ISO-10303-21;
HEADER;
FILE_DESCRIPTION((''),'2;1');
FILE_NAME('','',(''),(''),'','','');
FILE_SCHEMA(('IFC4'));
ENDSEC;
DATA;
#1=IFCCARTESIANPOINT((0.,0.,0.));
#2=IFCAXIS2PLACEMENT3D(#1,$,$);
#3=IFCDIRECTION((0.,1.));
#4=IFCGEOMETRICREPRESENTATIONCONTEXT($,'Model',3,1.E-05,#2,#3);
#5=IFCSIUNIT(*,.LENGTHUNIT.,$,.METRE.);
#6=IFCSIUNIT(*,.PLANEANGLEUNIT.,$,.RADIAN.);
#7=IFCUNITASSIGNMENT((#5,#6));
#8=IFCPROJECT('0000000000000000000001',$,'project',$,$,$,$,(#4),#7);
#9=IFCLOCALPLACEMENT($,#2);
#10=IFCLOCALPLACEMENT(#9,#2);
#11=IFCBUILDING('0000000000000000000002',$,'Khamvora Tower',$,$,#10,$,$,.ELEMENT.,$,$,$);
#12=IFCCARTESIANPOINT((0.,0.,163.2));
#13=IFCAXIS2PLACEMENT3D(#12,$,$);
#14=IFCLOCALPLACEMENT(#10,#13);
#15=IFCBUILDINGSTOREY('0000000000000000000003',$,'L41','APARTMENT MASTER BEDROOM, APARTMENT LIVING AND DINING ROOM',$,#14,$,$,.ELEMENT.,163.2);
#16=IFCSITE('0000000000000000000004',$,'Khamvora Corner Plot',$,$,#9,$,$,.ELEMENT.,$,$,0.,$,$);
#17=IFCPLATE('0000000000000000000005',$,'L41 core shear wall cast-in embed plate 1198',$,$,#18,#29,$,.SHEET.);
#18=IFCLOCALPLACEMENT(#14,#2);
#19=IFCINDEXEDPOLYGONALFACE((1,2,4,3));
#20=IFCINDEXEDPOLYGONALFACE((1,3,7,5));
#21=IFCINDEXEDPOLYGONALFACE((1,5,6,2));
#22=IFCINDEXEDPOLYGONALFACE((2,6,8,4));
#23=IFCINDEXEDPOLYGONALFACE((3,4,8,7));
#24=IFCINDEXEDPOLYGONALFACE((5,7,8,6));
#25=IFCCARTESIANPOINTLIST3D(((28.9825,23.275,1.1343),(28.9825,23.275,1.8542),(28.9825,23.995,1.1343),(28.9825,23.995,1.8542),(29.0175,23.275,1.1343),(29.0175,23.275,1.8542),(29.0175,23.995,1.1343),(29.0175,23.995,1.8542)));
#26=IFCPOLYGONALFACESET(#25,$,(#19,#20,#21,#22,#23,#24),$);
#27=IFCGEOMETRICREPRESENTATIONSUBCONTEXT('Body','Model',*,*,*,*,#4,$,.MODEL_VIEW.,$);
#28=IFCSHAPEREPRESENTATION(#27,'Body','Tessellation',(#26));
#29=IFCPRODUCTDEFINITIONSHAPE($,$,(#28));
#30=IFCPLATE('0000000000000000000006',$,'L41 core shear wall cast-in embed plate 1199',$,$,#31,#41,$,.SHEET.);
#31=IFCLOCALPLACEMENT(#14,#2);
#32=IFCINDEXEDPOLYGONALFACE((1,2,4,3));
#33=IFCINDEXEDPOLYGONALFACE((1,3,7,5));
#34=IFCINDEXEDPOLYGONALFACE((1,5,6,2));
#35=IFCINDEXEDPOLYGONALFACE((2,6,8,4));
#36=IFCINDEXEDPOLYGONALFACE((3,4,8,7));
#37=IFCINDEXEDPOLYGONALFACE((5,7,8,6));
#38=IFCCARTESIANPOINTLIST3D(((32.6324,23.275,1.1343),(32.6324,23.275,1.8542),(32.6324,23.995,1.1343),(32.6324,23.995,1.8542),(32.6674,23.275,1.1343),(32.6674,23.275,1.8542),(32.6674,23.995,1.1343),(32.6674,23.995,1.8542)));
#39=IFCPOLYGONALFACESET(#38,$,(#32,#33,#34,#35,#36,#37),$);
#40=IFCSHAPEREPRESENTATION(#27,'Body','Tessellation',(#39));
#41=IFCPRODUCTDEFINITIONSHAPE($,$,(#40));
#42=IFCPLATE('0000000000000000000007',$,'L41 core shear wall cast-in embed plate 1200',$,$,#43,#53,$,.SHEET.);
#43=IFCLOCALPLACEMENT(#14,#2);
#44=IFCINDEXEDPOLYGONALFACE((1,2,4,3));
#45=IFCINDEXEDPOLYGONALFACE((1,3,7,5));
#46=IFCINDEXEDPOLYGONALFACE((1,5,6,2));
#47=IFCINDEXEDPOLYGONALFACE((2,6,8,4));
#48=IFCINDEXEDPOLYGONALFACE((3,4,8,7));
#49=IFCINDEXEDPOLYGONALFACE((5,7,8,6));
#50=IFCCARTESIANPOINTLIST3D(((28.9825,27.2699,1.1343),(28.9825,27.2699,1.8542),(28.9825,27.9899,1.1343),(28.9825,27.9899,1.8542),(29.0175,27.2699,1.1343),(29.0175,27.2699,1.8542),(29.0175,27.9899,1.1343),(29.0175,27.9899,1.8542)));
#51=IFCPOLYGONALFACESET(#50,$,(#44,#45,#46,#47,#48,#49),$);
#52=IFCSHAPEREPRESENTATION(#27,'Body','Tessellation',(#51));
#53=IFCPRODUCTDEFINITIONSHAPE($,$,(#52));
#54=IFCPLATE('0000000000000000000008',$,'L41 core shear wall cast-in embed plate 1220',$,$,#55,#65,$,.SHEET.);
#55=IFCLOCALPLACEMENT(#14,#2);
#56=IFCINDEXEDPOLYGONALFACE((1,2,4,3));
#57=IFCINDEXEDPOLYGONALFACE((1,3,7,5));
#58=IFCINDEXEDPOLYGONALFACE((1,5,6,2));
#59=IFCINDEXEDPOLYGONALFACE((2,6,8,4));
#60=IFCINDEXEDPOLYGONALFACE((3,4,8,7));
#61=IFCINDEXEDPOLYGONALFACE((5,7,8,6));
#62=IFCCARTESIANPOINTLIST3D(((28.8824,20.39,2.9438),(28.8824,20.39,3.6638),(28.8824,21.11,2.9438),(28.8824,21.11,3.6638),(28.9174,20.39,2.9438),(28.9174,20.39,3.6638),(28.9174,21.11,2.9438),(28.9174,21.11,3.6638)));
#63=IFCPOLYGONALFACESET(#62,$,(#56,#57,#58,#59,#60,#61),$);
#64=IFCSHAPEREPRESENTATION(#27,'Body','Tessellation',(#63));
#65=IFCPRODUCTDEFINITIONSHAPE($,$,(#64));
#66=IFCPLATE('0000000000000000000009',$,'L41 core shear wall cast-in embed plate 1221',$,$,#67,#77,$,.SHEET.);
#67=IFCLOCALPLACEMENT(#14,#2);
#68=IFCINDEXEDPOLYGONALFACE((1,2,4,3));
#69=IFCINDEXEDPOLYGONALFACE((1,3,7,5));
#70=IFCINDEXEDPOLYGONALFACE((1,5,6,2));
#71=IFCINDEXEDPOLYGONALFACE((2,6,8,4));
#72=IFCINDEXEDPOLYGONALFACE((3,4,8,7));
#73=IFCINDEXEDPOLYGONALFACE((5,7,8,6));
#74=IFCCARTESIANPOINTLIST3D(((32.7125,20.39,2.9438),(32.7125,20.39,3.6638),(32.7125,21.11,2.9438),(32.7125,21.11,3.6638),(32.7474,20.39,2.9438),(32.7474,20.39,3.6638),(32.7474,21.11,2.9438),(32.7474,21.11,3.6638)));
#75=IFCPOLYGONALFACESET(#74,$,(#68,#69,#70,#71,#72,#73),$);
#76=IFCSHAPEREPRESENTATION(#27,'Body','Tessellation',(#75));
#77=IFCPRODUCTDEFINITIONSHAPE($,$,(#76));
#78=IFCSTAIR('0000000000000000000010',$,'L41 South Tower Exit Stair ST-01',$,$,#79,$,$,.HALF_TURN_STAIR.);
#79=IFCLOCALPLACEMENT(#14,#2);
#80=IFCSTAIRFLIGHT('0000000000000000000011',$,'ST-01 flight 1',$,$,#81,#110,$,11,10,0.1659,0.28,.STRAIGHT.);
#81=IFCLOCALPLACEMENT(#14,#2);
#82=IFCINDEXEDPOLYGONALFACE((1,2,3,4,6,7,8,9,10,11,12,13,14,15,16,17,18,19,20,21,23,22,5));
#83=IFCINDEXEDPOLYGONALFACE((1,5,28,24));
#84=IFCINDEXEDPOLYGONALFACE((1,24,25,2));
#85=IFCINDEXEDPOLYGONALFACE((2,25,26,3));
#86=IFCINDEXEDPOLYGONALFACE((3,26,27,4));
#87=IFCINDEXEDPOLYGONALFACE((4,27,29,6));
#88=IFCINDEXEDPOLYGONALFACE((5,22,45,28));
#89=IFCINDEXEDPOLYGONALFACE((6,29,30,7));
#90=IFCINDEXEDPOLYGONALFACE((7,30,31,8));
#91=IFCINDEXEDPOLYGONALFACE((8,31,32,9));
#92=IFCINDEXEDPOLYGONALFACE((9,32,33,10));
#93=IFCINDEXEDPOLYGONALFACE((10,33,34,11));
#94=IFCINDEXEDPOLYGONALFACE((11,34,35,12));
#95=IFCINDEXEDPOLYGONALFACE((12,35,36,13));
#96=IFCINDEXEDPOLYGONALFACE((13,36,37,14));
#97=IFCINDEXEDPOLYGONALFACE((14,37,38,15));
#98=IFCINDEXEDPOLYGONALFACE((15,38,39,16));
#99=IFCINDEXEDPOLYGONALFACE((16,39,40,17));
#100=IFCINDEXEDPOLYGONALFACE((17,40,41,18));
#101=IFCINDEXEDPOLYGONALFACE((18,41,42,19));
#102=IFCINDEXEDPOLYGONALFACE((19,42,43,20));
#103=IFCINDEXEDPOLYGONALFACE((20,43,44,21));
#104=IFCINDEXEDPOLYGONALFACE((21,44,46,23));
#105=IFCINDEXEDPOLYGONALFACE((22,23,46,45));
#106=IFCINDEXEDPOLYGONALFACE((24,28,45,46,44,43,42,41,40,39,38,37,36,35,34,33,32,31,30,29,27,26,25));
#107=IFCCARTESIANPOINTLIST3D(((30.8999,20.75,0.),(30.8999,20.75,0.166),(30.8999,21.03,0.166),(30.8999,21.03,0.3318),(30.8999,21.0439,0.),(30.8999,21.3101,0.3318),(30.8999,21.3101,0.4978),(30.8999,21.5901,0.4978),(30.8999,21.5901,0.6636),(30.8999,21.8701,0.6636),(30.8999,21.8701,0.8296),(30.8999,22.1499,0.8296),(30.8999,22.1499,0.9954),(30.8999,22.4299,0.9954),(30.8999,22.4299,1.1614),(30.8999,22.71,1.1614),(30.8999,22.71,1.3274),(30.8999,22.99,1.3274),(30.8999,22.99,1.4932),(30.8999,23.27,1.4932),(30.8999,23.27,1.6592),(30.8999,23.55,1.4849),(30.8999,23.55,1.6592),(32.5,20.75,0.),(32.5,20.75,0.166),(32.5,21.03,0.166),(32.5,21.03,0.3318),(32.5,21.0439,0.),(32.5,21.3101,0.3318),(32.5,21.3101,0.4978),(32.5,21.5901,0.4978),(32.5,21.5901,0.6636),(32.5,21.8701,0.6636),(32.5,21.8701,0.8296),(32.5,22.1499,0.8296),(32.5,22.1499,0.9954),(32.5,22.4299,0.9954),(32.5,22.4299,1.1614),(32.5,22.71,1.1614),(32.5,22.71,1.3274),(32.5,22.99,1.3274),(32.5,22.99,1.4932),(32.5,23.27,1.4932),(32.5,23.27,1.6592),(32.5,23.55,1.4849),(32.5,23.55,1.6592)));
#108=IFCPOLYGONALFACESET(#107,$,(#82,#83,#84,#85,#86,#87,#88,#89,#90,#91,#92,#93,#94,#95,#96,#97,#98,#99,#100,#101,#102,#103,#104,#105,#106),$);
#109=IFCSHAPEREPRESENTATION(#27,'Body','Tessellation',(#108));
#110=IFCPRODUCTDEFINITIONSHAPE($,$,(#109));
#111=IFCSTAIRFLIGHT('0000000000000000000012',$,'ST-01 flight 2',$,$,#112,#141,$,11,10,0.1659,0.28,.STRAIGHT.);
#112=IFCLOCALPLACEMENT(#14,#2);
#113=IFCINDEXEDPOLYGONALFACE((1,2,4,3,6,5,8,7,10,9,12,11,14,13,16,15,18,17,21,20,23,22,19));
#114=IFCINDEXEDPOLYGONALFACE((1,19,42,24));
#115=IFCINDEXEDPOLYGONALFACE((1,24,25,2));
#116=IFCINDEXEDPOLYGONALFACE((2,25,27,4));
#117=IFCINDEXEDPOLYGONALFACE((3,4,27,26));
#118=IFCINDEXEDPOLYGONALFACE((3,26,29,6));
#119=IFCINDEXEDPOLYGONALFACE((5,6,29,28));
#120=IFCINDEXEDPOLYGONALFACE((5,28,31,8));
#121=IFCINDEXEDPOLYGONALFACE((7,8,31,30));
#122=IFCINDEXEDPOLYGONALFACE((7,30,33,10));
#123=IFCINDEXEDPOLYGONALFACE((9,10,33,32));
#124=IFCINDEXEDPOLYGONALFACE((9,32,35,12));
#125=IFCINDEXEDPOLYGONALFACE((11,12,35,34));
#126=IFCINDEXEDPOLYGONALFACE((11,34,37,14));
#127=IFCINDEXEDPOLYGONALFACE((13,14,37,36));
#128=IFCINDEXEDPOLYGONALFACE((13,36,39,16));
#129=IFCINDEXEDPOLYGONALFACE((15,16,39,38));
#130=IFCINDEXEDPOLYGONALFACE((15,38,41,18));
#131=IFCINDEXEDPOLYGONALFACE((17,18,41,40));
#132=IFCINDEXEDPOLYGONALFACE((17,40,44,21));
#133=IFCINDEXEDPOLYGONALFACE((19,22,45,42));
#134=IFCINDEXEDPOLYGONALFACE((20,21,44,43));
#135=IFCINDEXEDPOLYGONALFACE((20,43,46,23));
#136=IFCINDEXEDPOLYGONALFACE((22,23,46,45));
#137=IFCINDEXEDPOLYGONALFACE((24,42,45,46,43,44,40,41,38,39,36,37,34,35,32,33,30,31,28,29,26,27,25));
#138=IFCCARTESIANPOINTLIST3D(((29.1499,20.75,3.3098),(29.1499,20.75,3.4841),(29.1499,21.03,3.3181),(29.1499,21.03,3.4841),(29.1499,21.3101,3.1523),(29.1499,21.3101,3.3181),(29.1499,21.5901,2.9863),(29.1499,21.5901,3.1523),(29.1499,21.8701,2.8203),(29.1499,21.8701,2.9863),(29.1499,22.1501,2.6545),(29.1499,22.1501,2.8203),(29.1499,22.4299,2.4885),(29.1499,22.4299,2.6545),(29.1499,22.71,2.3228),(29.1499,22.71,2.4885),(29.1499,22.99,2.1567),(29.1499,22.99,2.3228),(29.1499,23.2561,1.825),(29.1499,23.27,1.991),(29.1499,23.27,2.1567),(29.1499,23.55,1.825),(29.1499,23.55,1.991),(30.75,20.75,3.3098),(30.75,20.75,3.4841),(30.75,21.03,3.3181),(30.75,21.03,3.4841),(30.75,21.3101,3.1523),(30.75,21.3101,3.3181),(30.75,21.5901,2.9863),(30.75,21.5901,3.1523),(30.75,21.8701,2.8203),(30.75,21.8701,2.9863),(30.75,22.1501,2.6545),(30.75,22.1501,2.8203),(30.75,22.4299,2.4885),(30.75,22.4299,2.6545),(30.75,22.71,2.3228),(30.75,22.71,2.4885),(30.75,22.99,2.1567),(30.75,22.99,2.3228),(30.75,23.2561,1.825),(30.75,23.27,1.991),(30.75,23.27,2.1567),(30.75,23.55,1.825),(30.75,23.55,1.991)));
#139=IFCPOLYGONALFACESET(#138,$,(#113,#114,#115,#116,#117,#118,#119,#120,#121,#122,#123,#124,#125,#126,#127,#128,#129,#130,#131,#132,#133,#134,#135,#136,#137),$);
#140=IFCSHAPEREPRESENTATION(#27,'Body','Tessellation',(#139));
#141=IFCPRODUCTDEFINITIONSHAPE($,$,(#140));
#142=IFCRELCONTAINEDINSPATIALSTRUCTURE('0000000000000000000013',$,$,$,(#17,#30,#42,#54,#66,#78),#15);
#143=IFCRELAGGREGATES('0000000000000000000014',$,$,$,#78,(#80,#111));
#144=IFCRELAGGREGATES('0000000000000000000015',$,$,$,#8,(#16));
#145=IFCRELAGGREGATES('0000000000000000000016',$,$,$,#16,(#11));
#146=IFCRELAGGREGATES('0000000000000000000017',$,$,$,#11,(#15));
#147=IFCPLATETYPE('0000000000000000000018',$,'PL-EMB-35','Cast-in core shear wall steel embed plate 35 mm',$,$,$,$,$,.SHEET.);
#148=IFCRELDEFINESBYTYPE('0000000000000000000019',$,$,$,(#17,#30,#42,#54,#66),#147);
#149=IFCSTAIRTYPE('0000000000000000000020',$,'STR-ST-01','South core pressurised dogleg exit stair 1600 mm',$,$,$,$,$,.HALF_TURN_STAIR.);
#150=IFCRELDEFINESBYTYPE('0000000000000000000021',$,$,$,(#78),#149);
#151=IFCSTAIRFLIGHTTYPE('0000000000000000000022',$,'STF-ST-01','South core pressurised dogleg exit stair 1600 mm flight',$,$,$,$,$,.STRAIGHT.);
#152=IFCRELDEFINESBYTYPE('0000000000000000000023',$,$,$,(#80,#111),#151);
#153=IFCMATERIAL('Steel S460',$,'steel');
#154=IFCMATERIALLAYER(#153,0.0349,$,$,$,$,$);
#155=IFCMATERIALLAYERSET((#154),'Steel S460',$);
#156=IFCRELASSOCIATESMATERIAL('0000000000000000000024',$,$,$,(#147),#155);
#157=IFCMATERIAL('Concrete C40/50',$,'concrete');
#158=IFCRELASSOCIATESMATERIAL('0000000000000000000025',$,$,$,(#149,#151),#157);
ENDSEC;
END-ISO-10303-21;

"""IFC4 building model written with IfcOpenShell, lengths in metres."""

from ifc_helpers import new_model, si_unit, direction, frame, origin, origin_2d, place, context, subcontext, project, spatial, polyline, rectangle, outline, extrude, material, layer, layer_set, type_object, element, aggregate, save


model = new_model("IFC4")

# Units and contexts
model_context = context("Model", 3, precision=1e-05, world=origin(), true_north=direction((0.0, 1.0)))
body_context = subcontext(model_context, "Body", "Model", "MODEL_VIEW")
ifc_project = project(units=[si_unit("LENGTHUNIT", "METRE"), si_unit("PLANEANGLEUNIT", "RADIAN")], contexts=[model_context])

# Site, building, storey
site_placement = place(None, origin())
site = spatial("IfcSite", under=ifc_project, at=site_placement, Name="Khamvora Corner Plot", CompositionType="ELEMENT", RefElevation=0.0)
building_placement = place(site_placement, origin())
building = spatial("IfcBuilding", under=site, at=building_placement, Name="Khamvora Tower", CompositionType="ELEMENT")
storey_placement = place(building_placement, frame((0.0, 0.0, 163.2)))
storey = spatial("IfcBuildingStorey", under=building, at=storey_placement, Name="L41", Description="APARTMENT MASTER BEDROOM, APARTMENT LIVING AND DINING ROOM", CompositionType="ELEMENT", Elevation=163.2)

# Plates
ifc_material_1 = material(Name="Steel S460", Category="steel")
ifc_layer_1 = layer(ifc_material_1, 0.0349)
ifc_layer_set_1 = layer_set([ifc_layer_1], Name="Steel S460")
plate_type = type_object("IfcPlateType", Name="PL-EMB-35", Description="Cast-in core shear wall steel embed plate 35 mm", PredefinedType="SHEET", material=ifc_layer_set_1)
for number, where, z_axis, x_axis, name in (
    (1, (29.0, 23.635, 1.1343), (0.0, 0.0, 1.0), (1.0, 0.0, 0.0), "L41 core shear wall cast-in embed plate 1198"),
    (2, (32.6499, 23.635, 1.1343), (0.0, 0.0, 1.0), (1.0, 0.0, 0.0), "L41 core shear wall cast-in embed plate 1199"),
    (3, (29.0, 27.6299, 1.1343), (0.0, 0.0, 1.0), (1.0, 0.0, 0.0), "L41 core shear wall cast-in embed plate 1200"),
    (4, (28.8999, 20.75, 2.9438), (0.0, 0.0, 1.0), (1.0, 0.0, 0.0), "L41 core shear wall cast-in embed plate 1220"),
    (5, (32.73, 20.75, 2.9438), (0.0, 0.0, 1.0), (1.0, 0.0, 0.0), "L41 core shear wall cast-in embed plate 1221"),
):
    element("IfcPlate", number, at=place(storey_placement, frame(where, z_axis=z_axis, x_axis=x_axis)), inside=storey, type_object=plate_type, Name=name, PredefinedType="SHEET", context=body_context, shape_type="SweptSolid", body=[
        extrude(rectangle(XDim=0.0349, YDim=0.72, at=origin_2d()), origin(), (0.0, 0.0, 1.0), 0.72),
    ])

# Stair, stair flights
ifc_material_2 = material(Name="Concrete C40/50", Category="concrete")
stair_type = type_object("IfcStairType", Name="STR-ST-01", Description="South core pressurised dogleg exit stair 1600 mm", PredefinedType="HALF_TURN_STAIR", material=ifc_material_2)
stair_placement = place(storey_placement, origin())
stair = element("IfcStair", 6, at=stair_placement, inside=storey, type_object=stair_type, Name="L41 South Tower Exit Stair ST-01", PredefinedType="HALF_TURN_STAIR")
stair_flight_type = type_object("IfcStairFlightType", Name="STF-ST-01", Description="South core pressurised dogleg exit stair 1600 mm flight", PredefinedType="STRAIGHT", material=ifc_material_2)
stair_flight_1_placement = place(storey_placement, frame((31.7, 20.75, 0.0), z_axis=(0.0, 0.0, 1.0), x_axis=(0.0, 1.0, 0.0)))
stair_flight_1 = element("IfcStairFlight", 7, at=stair_flight_1_placement, type_object=stair_flight_type, Name="ST-01 flight 1", NumberOfRisers=11, NumberOfTreads=10, PredefinedType="STRAIGHT", RiserHeight=0.1659, TreadLength=0.28, context=body_context, shape_type="SweptSolid", body=[
    extrude(outline(polyline([(0.0, 0.0), (0.0, 0.166), (0.28, 0.166), (0.28, 0.3318), (0.5601, 0.3318), (0.5601, 0.4978), (0.8401, 0.4978), (0.8401, 0.6636), (1.1201, 0.6636), (1.1201, 0.8296), (1.3999, 0.8296), (1.3999, 0.9954), (1.6799, 0.9954), (1.6799, 1.1614), (1.96, 1.1614), (1.96, 1.3274), (2.24, 1.3274), (2.24, 1.4932), (2.52, 1.4932), (2.52, 1.6592), (2.8, 1.6592), (2.8, 1.825), (2.8, 1.4849), (0.2939, 0.0), (0.0, 0.0)])), frame((0.0, 0.8, 0.0), z_axis=(0.0, -1.0, 0.0), x_axis=(1.0, 0.0, 0.0)), (0.0, 0.0, 1.0), 1.6001),
])
stair_flight_2_placement = place(storey_placement, frame((29.95, 23.55, 1.825), z_axis=(0.0, 0.0, 1.0), x_axis=(0.0, -1.0, 0.0)))
stair_flight_2 = element("IfcStairFlight", 8, at=stair_flight_2_placement, type_object=stair_flight_type, Name="ST-01 flight 2", NumberOfRisers=11, NumberOfTreads=10, PredefinedType="STRAIGHT", RiserHeight=0.1659, TreadLength=0.28, context=body_context, shape_type="SweptSolid", body=[
    extrude(outline(polyline([(0.0, 0.0), (0.0, 0.166), (0.28, 0.166), (0.28, 0.3318), (0.5601, 0.3318), (0.5601, 0.4978), (0.8401, 0.4978), (0.8401, 0.6636), (1.1201, 0.6636), (1.1201, 0.8296), (1.3999, 0.8296), (1.3999, 0.9954), (1.6799, 0.9954), (1.6799, 1.1614), (1.96, 1.1614), (1.96, 1.3274), (2.24, 1.3274), (2.24, 1.4932), (2.52, 1.4932), (2.52, 1.6592), (2.8, 1.6592), (2.8, 1.825), (2.8, 1.4849), (0.2939, 0.0), (0.0, 0.0)])), frame((0.0, 0.8, 0.0), z_axis=(0.0, -1.0, 0.0), x_axis=(1.0, 0.0, 0.0)), (0.0, 0.0, 1.0), 1.6001),
])
aggregate(stair, [stair_flight_1, stair_flight_2])

save(model, "model.ifc")
